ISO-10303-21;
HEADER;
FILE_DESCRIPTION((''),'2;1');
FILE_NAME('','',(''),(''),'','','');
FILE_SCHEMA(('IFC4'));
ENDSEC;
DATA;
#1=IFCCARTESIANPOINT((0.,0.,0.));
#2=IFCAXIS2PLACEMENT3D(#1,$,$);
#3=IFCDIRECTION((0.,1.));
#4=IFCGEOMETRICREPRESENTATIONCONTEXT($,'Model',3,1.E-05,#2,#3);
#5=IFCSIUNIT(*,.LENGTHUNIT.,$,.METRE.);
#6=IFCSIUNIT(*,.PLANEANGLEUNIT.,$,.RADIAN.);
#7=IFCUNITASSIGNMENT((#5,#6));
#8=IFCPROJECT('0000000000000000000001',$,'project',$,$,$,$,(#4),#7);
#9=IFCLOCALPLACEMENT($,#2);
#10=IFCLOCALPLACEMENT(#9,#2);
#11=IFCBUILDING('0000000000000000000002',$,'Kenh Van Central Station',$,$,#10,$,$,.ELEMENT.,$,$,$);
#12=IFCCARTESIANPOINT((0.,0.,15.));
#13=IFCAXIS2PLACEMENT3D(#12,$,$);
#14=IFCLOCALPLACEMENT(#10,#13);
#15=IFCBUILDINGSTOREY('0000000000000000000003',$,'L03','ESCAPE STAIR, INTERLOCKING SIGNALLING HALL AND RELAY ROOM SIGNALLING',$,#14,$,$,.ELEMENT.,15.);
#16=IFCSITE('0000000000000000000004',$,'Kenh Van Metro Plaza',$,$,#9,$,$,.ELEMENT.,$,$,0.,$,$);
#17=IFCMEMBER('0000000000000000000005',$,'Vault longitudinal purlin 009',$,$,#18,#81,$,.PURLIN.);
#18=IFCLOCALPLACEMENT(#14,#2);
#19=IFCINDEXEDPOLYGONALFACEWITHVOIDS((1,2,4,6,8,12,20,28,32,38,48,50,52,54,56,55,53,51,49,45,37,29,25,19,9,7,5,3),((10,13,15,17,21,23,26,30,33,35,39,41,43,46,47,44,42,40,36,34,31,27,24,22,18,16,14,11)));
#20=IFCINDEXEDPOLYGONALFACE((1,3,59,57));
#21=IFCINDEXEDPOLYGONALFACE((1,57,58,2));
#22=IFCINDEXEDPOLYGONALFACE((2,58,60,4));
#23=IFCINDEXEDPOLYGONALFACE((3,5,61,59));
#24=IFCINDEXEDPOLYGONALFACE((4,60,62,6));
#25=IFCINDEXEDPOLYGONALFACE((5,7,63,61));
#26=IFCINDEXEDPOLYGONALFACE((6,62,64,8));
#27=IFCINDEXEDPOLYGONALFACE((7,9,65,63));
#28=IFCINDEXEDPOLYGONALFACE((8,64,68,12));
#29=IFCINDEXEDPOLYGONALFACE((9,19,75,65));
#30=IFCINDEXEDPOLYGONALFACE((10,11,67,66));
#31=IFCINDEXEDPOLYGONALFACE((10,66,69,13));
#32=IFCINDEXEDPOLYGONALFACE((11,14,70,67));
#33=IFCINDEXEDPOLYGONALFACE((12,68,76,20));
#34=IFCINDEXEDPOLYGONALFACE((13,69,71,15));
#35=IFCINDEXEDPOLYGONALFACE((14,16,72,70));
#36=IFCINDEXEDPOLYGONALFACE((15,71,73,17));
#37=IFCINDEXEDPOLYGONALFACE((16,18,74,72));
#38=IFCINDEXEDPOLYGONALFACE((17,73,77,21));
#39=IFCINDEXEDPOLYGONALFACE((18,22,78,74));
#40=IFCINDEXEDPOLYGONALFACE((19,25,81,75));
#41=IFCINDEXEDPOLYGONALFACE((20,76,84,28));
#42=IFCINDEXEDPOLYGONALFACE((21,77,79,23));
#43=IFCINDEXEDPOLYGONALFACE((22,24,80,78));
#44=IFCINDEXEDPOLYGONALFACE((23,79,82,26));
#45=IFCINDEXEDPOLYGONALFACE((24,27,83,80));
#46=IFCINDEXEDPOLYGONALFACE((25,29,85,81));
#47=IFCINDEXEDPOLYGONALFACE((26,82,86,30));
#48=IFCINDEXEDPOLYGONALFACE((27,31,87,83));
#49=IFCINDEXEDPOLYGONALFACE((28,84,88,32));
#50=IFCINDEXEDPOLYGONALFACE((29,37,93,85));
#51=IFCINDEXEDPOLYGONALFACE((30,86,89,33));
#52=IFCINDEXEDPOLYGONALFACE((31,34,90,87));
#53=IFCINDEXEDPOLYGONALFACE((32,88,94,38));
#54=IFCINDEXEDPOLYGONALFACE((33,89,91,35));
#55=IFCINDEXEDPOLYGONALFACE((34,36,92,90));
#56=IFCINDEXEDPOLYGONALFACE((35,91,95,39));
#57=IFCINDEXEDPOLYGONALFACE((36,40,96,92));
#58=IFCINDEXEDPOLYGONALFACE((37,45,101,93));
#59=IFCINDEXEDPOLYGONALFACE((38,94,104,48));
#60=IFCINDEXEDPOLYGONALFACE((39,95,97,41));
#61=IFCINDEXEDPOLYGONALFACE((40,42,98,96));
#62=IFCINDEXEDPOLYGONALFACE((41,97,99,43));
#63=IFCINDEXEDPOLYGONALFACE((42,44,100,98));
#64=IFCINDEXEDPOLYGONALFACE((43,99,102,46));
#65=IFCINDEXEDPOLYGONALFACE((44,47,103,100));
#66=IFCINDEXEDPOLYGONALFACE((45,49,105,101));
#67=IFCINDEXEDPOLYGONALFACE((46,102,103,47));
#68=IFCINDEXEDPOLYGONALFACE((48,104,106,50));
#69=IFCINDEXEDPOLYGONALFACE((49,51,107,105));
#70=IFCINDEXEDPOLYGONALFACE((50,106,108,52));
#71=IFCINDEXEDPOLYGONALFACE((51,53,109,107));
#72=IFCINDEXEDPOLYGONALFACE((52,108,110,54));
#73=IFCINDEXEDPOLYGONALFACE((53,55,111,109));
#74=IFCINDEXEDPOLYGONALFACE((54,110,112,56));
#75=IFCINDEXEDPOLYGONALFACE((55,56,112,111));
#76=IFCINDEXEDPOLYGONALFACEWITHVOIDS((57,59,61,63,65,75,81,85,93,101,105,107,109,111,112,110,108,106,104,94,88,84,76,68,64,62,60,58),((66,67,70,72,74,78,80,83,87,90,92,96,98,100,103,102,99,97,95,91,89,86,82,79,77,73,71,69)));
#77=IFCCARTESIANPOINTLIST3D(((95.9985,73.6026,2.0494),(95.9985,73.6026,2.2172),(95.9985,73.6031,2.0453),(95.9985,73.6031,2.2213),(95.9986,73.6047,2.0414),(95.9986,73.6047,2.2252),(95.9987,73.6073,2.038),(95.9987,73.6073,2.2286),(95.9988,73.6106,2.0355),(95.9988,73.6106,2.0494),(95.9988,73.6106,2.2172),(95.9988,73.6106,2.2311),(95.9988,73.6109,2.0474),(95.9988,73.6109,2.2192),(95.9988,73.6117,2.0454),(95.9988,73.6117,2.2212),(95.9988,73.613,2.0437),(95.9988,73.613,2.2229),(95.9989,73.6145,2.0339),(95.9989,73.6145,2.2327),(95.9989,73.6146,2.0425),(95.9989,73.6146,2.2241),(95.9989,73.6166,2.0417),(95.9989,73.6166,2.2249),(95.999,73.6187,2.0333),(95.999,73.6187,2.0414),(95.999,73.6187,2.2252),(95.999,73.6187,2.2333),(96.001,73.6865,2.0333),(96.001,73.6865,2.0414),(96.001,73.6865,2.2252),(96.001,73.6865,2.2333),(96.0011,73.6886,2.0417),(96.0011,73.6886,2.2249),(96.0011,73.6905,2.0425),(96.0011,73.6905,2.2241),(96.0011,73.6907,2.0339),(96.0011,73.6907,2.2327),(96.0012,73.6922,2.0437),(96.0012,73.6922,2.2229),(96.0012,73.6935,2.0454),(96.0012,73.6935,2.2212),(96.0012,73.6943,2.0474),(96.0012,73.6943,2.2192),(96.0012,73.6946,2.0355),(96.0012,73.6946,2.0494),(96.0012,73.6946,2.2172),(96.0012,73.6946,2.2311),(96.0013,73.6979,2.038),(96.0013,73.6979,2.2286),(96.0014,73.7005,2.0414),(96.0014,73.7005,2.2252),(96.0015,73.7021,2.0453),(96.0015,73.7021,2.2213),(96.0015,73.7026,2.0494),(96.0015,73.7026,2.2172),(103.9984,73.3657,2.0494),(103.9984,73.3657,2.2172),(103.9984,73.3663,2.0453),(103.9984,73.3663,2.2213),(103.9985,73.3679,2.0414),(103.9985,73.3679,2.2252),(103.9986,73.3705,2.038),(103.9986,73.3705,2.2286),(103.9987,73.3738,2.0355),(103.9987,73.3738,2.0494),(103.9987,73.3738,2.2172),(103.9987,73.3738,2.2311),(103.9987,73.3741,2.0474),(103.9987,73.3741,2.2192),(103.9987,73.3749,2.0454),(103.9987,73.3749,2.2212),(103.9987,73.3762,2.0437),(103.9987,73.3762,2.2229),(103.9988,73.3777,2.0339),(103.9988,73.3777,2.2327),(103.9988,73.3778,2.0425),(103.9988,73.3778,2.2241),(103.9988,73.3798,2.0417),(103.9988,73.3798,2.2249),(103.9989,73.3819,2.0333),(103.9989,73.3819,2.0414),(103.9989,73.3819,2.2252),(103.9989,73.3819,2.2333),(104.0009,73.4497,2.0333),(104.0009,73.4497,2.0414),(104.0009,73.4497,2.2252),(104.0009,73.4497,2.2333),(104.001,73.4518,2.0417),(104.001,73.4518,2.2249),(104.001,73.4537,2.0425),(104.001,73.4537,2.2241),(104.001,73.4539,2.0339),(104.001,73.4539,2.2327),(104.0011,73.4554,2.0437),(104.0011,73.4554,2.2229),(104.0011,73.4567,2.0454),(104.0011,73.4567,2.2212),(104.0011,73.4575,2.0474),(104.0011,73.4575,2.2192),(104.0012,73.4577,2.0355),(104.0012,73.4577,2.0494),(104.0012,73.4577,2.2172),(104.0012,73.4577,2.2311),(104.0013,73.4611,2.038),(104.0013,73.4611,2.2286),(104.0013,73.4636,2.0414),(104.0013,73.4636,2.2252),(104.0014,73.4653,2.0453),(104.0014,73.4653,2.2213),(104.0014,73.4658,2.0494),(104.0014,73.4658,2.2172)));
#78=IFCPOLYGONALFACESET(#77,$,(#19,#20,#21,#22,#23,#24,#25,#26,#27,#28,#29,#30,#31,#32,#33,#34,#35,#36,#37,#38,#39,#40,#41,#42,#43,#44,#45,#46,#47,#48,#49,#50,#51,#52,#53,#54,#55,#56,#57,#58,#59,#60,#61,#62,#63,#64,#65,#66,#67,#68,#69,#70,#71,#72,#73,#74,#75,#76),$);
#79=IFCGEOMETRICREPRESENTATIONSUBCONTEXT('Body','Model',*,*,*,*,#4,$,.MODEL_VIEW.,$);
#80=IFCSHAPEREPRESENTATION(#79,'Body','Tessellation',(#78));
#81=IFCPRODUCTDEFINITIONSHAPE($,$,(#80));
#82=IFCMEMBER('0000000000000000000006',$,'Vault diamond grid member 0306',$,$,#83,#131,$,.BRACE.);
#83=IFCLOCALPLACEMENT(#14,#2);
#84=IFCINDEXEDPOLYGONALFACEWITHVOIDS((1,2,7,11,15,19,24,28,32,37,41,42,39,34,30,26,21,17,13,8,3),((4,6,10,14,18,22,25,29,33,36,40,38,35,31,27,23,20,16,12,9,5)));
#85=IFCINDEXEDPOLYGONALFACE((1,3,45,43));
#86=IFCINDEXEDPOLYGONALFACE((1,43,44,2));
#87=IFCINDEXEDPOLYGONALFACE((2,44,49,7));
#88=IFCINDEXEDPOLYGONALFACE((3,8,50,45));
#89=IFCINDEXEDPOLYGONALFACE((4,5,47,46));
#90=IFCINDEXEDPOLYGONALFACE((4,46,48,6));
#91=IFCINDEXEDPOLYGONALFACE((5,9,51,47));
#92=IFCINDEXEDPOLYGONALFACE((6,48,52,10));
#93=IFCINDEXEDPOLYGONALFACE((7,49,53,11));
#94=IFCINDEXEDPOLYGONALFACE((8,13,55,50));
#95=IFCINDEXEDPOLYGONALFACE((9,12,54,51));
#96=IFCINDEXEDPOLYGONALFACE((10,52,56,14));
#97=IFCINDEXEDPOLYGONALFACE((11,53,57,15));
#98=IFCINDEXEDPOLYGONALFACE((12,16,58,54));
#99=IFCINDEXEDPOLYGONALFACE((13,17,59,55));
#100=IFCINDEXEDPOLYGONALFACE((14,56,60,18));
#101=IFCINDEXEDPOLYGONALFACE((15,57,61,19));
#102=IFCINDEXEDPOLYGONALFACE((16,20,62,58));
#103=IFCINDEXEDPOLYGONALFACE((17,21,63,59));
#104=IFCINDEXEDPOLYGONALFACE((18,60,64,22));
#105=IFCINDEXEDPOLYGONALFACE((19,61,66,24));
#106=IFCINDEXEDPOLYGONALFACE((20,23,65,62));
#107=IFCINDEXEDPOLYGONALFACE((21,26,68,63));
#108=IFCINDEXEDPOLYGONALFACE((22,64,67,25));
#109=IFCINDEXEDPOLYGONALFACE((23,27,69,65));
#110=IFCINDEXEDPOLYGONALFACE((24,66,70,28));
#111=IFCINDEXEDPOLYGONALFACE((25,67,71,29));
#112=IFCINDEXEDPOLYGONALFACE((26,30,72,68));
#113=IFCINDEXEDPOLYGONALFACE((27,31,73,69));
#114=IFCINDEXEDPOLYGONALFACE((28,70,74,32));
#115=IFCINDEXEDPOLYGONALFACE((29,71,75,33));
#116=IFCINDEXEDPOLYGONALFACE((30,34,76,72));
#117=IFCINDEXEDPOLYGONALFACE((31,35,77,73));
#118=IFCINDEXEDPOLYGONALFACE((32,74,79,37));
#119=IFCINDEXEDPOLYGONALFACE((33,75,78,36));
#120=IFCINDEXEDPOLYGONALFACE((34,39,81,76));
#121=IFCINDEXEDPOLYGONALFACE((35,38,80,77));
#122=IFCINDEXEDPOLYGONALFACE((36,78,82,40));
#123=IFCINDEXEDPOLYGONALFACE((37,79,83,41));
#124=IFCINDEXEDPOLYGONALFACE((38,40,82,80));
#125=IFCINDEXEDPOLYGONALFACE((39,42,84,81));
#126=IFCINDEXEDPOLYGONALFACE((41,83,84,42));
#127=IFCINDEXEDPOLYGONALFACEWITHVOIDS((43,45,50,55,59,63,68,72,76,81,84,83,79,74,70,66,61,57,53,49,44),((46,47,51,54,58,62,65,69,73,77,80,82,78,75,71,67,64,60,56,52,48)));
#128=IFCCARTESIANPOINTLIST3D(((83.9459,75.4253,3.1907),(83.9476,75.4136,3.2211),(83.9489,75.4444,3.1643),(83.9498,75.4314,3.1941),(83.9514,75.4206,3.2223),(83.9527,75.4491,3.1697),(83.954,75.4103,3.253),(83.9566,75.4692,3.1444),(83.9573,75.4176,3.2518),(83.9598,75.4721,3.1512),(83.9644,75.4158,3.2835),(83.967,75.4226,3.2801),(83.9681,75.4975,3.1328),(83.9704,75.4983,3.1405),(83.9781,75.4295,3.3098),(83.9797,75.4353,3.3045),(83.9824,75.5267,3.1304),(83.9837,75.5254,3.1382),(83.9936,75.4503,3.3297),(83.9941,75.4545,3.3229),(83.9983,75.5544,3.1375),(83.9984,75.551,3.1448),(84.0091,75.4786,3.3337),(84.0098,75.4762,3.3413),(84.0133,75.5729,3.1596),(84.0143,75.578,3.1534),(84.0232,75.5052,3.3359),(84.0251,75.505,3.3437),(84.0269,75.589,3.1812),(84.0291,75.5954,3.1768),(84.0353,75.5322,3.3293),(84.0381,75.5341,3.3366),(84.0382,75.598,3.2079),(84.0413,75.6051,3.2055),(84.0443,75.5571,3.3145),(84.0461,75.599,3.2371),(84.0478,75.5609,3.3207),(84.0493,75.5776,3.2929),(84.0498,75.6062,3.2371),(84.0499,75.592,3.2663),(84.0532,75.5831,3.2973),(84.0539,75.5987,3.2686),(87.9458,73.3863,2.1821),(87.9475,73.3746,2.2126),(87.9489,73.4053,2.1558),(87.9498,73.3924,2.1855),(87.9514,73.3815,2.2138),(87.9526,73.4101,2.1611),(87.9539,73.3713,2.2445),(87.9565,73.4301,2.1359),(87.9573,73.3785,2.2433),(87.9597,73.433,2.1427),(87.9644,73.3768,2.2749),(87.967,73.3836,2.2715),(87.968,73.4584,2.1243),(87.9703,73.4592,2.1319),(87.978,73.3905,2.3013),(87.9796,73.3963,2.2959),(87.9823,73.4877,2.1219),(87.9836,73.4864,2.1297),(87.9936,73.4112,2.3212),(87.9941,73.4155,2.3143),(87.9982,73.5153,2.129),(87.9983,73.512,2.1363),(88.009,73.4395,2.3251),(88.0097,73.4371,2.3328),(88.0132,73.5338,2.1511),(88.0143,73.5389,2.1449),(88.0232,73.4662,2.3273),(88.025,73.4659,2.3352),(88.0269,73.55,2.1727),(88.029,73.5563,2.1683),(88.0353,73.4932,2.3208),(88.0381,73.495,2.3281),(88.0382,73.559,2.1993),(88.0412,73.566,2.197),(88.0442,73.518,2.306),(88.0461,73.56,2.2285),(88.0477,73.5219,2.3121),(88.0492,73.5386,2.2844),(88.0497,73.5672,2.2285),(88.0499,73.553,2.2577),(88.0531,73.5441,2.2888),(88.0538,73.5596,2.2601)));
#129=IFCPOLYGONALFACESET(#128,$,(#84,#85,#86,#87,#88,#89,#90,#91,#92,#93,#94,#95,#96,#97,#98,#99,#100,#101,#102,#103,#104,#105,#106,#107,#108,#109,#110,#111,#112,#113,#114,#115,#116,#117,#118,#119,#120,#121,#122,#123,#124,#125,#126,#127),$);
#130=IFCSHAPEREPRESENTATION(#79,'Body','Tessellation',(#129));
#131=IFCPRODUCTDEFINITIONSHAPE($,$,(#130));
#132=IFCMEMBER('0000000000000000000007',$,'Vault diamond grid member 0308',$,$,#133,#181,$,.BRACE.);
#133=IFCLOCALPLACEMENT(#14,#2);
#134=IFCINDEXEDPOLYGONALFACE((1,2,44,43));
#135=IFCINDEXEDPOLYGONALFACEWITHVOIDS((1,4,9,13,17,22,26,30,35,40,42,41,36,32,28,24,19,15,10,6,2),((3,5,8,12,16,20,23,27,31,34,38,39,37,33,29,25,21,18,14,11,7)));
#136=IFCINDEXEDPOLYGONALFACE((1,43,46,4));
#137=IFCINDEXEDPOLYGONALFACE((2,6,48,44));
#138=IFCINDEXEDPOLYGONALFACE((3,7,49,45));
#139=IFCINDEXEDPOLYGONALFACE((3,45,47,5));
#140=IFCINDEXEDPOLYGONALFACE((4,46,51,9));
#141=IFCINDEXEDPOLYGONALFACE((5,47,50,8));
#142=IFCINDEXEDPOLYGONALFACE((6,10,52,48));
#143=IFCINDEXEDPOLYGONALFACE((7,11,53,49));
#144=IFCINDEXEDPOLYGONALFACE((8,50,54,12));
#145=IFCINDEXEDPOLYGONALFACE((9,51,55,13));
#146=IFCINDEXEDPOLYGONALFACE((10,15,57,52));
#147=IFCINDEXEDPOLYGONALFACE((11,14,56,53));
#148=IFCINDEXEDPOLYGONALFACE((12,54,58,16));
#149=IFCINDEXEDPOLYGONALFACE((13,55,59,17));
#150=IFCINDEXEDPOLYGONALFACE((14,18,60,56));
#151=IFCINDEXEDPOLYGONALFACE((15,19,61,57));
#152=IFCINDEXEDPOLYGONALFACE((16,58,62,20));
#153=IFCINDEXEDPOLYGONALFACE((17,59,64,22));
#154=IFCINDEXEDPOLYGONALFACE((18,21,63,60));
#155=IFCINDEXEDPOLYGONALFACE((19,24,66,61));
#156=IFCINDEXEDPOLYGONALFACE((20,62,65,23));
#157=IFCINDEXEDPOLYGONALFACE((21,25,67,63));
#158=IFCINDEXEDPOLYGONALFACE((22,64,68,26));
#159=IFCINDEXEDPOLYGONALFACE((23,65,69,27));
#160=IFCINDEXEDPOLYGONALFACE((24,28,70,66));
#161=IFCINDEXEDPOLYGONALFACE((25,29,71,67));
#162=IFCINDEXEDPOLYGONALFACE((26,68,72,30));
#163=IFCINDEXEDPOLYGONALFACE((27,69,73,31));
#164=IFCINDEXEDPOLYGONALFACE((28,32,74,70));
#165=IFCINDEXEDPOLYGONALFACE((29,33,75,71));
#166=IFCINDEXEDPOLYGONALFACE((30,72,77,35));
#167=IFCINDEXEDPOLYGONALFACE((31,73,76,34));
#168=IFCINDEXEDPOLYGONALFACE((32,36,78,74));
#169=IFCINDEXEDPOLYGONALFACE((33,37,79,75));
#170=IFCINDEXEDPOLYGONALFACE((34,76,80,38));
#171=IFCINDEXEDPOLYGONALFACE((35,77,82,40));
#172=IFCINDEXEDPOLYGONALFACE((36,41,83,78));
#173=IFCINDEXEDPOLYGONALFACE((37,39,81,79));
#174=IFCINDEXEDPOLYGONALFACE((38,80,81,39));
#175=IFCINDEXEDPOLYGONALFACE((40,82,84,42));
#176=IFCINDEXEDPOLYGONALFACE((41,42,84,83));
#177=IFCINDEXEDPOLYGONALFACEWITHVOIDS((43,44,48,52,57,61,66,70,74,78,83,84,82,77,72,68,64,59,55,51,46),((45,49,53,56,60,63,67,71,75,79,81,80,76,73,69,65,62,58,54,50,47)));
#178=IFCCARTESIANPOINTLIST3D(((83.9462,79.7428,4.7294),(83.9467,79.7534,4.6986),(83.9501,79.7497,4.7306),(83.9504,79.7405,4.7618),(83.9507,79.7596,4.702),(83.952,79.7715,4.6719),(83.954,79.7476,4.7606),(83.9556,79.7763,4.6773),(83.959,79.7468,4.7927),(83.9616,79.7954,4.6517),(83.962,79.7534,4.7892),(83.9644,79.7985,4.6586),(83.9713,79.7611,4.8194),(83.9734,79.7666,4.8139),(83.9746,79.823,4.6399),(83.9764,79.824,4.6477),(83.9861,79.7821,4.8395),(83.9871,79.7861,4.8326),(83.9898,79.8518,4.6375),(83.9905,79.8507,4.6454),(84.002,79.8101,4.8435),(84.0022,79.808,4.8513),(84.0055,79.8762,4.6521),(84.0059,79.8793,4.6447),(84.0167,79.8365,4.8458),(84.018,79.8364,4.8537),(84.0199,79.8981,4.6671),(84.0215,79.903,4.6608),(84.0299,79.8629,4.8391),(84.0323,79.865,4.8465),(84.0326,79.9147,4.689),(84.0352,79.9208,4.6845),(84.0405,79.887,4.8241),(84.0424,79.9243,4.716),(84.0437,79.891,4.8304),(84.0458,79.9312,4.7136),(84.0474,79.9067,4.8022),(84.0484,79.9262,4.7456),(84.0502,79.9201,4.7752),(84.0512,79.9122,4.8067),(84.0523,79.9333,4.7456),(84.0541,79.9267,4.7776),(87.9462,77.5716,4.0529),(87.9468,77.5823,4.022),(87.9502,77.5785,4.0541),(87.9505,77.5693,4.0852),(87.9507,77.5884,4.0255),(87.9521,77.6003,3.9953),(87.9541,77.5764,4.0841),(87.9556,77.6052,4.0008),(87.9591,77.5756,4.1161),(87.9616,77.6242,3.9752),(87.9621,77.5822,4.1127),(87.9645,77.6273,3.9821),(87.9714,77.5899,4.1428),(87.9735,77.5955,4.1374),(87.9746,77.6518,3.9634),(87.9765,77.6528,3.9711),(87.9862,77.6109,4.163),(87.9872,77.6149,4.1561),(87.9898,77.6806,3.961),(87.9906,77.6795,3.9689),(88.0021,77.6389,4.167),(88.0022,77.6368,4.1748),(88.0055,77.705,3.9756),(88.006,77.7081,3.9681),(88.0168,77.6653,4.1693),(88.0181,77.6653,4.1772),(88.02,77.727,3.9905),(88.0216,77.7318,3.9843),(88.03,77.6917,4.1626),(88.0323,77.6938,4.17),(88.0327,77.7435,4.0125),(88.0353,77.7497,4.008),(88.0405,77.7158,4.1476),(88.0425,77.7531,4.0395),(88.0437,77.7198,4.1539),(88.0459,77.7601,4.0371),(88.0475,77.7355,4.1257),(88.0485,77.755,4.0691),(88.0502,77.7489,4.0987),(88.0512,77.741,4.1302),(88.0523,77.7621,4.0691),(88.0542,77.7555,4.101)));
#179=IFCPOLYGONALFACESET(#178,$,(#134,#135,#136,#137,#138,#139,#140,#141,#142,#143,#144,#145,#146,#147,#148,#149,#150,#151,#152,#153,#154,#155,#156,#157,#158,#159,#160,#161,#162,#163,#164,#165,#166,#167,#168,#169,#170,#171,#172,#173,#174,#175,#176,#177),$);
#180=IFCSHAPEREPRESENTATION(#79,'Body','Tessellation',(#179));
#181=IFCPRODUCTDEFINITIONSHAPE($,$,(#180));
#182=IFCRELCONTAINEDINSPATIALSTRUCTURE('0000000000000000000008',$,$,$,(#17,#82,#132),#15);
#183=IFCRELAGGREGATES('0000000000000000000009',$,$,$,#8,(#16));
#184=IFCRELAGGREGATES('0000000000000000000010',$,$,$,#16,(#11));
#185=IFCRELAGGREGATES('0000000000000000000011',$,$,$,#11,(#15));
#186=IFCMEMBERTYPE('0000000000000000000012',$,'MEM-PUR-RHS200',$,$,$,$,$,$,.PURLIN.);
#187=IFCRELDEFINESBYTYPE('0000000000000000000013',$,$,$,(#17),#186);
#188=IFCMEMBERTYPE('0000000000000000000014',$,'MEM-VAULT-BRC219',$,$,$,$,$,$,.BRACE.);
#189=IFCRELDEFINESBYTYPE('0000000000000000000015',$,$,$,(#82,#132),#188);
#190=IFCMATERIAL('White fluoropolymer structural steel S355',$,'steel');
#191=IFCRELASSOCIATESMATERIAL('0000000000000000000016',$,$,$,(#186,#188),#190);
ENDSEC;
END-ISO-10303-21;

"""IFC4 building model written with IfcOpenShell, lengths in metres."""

from ifc_helpers import new_model, si_unit, direction, frame, origin, origin_2d, place, context, subcontext, project, spatial, hollow_rectangle, hollow_circle, extrude, material, material_profile, profile_set, type_object, element, save


model = new_model("IFC4")

# Units and contexts
model_context = context("Model", 3, precision=1e-05, world=origin(), true_north=direction((0.0, 1.0)))
body_context = subcontext(model_context, "Body", "Model", "MODEL_VIEW")
ifc_project = project(units=[si_unit("LENGTHUNIT", "METRE"), si_unit("PLANEANGLEUNIT", "RADIAN")], contexts=[model_context])

# Site, building, storey
site_placement = place(None, origin())
site = spatial("IfcSite", under=ifc_project, at=site_placement, Name="Kenh Van Metro Plaza", CompositionType="ELEMENT", RefElevation=0.0)
building_placement = place(site_placement, origin())
building = spatial("IfcBuilding", under=site, at=building_placement, Name="Kenh Van Central Station", CompositionType="ELEMENT")
storey_placement = place(building_placement, frame((0.0, 0.0, 15.0)))
storey = spatial("IfcBuildingStorey", under=building, at=storey_placement, Name="L03", Description="ESCAPE STAIR, INTERLOCKING SIGNALLING HALL AND RELAY ROOM SIGNALLING", CompositionType="ELEMENT", Elevation=15.0)

# Shared definitions
ifc_material_1 = material(Name="White fluoropolymer structural steel S355", Category="steel")

# Members
ifc_material_profile_1 = material_profile(ifc_material_1, hollow_rectangle(XDim=0.1001, YDim=0.2, WallThickness=0.0081, InnerFilletRadius=0.0081, OuterFilletRadius=0.0161, at=origin_2d()), Name="RHS 200x100x8")
ifc_profile_set_1 = profile_set([ifc_material_profile_1], Name="White fluoropolymer structural steel S355")
member_type_1 = type_object("IfcMemberType", Name="MEM-PUR-RHS200", PredefinedType="PURLIN", material=ifc_profile_set_1)
member_1_placement = place(storey_placement, frame((96.0, 73.6526, 2.1333), z_axis=(0.999562, -0.029589, 0.0), x_axis=(0.029589, 0.999562, 0.0)))
element("IfcMember", 1, at=member_1_placement, inside=storey, type_object=member_type_1, Name="Vault longitudinal purlin 009", PredefinedType="PURLIN", context=body_context, shape_type="SweptSolid", body=[
    extrude(hollow_rectangle(XDim=0.1001, YDim=0.2, WallThickness=0.0081, InnerFilletRadius=0.0081, OuterFilletRadius=0.0161, at=origin_2d()), origin(), (0.0, 0.0, 1.0), 8.0034),
])
ifc_material_profile_2 = material_profile(ifc_material_1, hollow_circle(Radius=0.1096, WallThickness=0.0081, at=origin_2d()), Name="CHS 219.1x8")
ifc_profile_set_2 = profile_set([ifc_material_profile_2], Name="White fluoropolymer structural steel S355")
member_type_2 = type_object("IfcMemberType", Name="MEM-VAULT-BRC219", PredefinedType="BRACE", material=ifc_profile_set_2)
member_2_placement = place(storey_placement, frame((84.0, 75.5085, 3.2371), z_axis=(0.869258, -0.443118, -0.219172), x_axis=(0.45416, 0.89092, 0.0)))
element("IfcMember", 2, at=member_2_placement, inside=storey, type_object=member_type_2, Name="Vault diamond grid member 0306", PredefinedType="BRACE", context=body_context, shape_type="SweptSolid", body=[
    extrude(hollow_circle(Radius=0.1096, WallThickness=0.0081, at=origin_2d()), origin(), (0.0, 0.0, 1.0), 4.6016),
])
member_3_placement = place(storey_placement, frame((84.0, 79.8369, 4.7456), z_axis=(0.869328, -0.471859, -0.147028), x_axis=(0.477043, 0.87888, 0.0)))
element("IfcMember", 3, at=member_3_placement, inside=storey, type_object=member_type_2, Name="Vault diamond grid member 0308", PredefinedType="BRACE", context=body_context, shape_type="SweptSolid", body=[
    extrude(hollow_circle(Radius=0.1096, WallThickness=0.0081, at=origin_2d()), origin(), (0.0, 0.0, 1.0), 4.6013),
])

save(model, "model.ifc")
